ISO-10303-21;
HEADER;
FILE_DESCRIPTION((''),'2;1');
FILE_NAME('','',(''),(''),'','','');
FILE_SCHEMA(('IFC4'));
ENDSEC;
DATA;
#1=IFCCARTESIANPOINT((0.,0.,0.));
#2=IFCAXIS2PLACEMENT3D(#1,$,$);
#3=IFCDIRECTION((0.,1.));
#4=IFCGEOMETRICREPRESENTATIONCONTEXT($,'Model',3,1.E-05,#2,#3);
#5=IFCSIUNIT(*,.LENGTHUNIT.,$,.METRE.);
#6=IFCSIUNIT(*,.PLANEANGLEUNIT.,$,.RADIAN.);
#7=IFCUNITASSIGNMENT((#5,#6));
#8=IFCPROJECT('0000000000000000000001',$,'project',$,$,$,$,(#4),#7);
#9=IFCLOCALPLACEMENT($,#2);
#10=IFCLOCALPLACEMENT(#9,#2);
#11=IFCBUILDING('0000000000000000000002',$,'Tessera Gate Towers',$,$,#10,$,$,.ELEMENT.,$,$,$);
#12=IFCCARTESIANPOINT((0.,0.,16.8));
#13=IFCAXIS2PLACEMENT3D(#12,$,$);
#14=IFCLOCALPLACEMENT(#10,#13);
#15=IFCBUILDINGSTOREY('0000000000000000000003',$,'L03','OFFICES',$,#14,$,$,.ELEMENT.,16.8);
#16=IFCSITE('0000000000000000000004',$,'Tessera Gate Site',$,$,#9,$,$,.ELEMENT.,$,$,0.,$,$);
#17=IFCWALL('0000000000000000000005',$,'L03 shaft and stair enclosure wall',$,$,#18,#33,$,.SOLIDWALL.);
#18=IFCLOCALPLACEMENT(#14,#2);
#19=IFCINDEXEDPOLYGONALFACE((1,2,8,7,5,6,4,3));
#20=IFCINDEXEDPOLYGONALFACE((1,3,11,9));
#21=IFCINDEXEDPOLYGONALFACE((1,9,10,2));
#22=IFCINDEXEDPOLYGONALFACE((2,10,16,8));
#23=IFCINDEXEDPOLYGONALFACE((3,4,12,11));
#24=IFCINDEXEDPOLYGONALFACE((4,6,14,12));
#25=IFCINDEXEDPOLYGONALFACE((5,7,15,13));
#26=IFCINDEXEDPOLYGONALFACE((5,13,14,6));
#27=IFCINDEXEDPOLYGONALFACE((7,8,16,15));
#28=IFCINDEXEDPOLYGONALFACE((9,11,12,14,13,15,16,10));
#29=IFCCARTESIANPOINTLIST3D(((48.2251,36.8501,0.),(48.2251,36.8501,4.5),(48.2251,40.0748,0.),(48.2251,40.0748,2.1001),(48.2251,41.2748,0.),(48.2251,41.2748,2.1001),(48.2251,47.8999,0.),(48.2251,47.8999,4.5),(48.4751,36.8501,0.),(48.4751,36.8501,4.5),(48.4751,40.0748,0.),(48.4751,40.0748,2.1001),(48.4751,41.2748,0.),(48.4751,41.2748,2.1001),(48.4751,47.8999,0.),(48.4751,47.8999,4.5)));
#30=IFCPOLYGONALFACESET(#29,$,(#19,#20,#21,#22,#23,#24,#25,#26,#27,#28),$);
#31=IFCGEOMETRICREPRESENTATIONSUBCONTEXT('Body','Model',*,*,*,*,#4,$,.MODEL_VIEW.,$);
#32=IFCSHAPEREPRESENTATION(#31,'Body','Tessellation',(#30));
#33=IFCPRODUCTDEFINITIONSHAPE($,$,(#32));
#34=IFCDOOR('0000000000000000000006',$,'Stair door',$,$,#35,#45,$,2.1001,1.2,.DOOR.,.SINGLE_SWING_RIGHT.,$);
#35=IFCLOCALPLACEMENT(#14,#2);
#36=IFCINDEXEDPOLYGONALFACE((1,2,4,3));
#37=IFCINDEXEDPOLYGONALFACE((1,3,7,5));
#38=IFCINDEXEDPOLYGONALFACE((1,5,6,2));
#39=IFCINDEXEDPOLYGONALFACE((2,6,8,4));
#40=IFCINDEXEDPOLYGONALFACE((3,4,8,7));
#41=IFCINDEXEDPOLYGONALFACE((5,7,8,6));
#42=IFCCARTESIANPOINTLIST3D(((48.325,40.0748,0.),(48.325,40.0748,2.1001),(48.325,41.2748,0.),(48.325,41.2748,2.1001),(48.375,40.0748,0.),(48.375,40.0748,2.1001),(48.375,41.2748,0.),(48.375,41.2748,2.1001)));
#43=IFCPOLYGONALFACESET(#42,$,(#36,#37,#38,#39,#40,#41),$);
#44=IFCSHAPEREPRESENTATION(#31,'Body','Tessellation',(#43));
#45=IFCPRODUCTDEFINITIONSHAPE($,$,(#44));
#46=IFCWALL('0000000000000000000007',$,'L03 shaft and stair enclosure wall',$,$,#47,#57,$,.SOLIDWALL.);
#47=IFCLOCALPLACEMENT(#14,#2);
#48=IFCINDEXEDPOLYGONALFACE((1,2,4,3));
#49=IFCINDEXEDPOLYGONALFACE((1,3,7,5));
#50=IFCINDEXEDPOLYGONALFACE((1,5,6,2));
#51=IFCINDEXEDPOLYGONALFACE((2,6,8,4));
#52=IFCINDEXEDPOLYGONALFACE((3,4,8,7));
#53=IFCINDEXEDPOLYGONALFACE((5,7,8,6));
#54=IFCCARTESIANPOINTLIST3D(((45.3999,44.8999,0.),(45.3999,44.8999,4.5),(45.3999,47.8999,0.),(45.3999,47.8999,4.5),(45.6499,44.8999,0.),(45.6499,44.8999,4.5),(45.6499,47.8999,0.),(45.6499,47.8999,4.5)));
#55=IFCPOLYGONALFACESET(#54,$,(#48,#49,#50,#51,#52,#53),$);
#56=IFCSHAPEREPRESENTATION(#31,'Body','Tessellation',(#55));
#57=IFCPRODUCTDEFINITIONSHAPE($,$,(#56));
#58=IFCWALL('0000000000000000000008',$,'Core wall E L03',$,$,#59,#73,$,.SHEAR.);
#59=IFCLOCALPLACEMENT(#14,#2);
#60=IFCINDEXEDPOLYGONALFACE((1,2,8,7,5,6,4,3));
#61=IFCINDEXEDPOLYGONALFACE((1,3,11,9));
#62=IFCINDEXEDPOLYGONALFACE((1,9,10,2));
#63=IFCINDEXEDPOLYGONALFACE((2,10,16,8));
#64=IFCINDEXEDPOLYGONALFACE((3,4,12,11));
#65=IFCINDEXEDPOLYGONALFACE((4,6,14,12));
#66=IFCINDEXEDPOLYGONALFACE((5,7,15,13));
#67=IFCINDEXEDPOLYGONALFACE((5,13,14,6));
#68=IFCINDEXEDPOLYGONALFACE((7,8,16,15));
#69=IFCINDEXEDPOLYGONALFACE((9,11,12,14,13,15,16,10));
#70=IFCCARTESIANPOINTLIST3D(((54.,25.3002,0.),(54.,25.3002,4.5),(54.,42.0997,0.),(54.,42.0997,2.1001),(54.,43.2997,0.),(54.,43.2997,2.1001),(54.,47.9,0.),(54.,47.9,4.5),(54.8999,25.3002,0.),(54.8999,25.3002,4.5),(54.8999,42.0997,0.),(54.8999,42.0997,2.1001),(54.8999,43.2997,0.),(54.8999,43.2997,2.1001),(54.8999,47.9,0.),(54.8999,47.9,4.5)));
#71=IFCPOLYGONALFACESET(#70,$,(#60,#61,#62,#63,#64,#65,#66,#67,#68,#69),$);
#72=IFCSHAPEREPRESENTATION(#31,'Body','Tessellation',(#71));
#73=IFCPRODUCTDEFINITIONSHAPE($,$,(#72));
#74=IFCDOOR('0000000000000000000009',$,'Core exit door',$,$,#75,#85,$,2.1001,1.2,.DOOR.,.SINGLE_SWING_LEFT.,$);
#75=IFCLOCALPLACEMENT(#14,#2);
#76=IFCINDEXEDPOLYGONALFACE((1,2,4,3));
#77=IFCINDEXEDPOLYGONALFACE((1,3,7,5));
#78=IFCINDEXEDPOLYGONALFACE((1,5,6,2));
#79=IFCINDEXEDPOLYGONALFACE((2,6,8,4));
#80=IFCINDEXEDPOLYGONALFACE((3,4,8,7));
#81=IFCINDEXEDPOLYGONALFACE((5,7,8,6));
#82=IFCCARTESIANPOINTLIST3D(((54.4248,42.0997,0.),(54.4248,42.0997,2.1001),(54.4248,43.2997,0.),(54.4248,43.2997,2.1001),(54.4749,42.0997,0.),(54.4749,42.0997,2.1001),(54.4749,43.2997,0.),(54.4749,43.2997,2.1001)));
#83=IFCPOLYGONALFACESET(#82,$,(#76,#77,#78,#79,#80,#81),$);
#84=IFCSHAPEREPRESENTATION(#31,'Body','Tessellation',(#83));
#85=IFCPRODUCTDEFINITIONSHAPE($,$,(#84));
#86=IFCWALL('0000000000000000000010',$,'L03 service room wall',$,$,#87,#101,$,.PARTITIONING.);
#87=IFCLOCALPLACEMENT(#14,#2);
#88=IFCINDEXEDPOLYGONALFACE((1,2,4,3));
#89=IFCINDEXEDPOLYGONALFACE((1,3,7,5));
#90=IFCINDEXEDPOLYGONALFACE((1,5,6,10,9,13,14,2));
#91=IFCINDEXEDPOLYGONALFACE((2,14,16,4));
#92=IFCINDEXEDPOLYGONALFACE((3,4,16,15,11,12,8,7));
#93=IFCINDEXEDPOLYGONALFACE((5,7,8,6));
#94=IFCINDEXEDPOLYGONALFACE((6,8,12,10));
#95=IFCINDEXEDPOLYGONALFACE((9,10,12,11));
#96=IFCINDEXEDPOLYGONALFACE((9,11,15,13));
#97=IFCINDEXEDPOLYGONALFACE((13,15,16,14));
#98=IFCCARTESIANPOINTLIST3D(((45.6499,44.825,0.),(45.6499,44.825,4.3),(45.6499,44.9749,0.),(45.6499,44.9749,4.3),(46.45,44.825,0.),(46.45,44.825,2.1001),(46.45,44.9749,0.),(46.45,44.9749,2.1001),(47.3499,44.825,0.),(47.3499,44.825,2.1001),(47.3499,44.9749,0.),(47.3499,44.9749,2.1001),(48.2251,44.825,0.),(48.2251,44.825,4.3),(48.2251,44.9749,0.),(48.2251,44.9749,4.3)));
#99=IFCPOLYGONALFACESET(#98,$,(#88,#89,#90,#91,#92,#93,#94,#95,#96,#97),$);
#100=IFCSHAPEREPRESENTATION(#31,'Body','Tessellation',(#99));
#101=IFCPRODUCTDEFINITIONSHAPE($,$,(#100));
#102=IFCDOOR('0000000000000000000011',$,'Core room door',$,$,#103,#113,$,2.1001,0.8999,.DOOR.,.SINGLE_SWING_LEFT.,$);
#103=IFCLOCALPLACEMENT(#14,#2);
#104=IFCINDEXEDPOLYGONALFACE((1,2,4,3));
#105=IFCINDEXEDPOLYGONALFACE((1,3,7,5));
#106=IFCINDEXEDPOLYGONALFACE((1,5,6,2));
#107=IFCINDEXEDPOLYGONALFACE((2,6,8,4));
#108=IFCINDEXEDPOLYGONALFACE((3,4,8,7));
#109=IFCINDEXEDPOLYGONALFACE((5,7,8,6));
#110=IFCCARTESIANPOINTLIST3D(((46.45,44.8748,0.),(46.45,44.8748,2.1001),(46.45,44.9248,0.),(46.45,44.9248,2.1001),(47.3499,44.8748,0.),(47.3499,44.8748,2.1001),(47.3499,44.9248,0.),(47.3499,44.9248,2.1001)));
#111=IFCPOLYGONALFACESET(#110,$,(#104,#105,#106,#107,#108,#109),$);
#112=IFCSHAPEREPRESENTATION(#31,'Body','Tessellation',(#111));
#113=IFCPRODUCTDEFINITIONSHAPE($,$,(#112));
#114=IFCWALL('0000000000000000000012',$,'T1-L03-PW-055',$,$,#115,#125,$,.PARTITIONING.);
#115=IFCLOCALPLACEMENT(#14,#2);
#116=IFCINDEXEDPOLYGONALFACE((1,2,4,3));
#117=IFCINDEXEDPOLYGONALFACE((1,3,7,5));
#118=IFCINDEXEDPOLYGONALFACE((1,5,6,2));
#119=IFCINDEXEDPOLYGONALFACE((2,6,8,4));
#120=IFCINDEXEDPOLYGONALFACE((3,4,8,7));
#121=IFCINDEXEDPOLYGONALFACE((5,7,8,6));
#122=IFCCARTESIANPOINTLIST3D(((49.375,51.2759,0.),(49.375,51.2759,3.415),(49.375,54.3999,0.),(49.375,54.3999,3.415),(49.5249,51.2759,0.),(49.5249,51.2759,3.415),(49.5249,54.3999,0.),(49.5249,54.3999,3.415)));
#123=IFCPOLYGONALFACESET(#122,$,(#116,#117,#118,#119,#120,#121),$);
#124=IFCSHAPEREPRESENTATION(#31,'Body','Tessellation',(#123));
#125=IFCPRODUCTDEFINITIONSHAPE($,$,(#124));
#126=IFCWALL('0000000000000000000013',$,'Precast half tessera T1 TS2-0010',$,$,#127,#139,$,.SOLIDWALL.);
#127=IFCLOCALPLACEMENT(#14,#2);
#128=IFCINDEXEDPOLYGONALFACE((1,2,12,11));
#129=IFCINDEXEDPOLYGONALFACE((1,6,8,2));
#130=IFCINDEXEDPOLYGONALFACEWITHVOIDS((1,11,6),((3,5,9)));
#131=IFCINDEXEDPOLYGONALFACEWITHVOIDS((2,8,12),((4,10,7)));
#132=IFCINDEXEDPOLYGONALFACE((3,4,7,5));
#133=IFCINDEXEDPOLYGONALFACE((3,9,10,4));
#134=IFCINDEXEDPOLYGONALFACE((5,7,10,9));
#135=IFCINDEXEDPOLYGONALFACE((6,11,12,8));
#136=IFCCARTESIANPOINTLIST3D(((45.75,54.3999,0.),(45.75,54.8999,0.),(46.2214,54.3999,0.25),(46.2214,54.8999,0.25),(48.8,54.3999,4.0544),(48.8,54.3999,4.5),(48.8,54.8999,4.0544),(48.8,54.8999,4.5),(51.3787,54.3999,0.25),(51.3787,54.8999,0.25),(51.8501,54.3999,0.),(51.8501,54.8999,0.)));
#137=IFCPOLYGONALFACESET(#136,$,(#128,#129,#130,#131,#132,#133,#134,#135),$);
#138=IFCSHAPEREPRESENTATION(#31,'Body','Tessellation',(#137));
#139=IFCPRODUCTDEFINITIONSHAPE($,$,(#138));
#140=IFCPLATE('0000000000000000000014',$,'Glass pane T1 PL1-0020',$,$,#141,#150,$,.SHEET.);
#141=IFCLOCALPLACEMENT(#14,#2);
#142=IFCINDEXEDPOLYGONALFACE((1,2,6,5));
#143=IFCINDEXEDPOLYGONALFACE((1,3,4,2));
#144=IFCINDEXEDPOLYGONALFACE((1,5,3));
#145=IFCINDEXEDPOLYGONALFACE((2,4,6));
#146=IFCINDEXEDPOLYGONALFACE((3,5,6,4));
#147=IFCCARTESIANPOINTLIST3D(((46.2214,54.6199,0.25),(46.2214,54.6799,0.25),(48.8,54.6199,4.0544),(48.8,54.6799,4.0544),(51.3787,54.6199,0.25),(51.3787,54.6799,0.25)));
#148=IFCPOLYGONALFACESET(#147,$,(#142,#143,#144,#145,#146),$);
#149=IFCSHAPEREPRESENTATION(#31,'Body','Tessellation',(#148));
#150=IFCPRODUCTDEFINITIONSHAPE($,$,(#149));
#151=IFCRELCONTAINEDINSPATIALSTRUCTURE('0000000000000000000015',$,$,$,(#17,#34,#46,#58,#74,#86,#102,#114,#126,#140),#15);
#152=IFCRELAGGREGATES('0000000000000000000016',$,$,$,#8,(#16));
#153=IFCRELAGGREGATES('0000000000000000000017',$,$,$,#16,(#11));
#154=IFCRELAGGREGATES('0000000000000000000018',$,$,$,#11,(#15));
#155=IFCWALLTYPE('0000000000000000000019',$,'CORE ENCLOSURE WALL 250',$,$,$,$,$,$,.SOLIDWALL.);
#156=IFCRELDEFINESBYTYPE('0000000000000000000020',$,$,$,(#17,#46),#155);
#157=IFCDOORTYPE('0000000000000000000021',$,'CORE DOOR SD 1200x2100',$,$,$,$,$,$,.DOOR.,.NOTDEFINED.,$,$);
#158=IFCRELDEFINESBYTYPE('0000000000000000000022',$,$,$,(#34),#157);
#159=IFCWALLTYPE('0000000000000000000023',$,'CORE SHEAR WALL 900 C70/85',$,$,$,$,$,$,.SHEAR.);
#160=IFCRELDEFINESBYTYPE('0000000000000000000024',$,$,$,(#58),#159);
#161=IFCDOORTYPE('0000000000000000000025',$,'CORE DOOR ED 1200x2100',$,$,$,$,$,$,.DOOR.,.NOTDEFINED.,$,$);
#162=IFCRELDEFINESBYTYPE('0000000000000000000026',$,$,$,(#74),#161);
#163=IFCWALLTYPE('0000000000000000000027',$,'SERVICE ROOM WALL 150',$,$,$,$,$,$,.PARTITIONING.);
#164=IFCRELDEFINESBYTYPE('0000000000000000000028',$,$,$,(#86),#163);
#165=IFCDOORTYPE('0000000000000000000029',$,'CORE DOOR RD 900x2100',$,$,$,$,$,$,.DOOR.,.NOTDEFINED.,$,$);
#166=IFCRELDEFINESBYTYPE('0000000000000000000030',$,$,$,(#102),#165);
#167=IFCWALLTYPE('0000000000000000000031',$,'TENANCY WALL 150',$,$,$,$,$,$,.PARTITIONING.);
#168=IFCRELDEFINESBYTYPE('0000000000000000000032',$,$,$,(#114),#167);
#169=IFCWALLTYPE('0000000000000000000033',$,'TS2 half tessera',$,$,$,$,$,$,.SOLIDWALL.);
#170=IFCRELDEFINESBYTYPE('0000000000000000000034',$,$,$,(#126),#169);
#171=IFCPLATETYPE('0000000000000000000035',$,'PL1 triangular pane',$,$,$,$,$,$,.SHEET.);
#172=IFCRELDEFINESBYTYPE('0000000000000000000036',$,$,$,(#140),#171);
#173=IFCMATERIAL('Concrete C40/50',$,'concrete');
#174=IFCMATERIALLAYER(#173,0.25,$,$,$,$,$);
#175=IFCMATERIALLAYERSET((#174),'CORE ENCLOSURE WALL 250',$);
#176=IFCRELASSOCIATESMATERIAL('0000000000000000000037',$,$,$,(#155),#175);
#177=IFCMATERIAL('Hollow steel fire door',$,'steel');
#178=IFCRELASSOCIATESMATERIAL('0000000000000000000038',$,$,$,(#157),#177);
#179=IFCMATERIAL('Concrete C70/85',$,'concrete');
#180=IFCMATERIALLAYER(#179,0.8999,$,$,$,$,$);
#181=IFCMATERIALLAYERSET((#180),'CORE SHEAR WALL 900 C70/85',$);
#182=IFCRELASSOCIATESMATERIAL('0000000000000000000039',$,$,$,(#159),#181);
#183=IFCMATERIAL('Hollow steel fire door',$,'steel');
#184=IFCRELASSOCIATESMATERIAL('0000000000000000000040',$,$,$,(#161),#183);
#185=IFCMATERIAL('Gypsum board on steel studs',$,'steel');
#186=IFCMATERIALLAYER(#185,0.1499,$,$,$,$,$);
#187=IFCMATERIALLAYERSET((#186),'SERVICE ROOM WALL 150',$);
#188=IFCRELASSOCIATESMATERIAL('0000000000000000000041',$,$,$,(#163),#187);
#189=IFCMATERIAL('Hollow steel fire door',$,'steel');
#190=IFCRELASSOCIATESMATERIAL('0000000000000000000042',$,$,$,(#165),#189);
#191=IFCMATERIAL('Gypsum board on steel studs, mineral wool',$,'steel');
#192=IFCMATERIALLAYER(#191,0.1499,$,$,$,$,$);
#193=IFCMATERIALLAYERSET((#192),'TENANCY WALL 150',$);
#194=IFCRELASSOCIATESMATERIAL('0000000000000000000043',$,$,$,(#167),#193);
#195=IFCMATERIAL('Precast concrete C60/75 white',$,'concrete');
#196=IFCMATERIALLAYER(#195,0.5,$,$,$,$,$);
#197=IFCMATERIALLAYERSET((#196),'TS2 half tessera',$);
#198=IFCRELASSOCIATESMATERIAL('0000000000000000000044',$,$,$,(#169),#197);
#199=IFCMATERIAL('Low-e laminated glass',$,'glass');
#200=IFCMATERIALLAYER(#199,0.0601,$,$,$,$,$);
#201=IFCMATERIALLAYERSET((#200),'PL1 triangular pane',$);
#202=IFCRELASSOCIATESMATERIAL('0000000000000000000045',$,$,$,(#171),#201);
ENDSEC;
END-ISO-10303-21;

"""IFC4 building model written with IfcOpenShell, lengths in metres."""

from ifc_helpers import new_model, si_unit, direction, frame, frame_2d, origin, place, context, subcontext, project, spatial, polyline, rectangle, outline, extrude, source, transform, mapped, material, layer, layer_set, type_object, element, fill, save


model = new_model("IFC4")

# Units and contexts
model_context = context("Model", 3, precision=1e-05, world=origin(), true_north=direction((0.0, 1.0)))
body_context = subcontext(model_context, "Body", "Model", "MODEL_VIEW")
ifc_project = project(units=[si_unit("LENGTHUNIT", "METRE"), si_unit("PLANEANGLEUNIT", "RADIAN")], contexts=[model_context])

# Site, building, storey
site_placement = place(None, origin())
site = spatial("IfcSite", under=ifc_project, at=site_placement, Name="Tessera Gate Site", CompositionType="ELEMENT", RefElevation=0.0)
building_placement = place(site_placement, origin())
building = spatial("IfcBuilding", under=site, at=building_placement, Name="Tessera Gate Towers", CompositionType="ELEMENT")
storey_placement = place(building_placement, frame((0.0, 0.0, 16.8)))
storey = spatial("IfcBuildingStorey", under=building, at=storey_placement, Name="L03", Description="OFFICES", CompositionType="ELEMENT", Elevation=16.8)

# Wall, opening, door
ifc_material_1 = material(Name="Concrete C40/50", Category="concrete")
ifc_layer_1 = layer(ifc_material_1, 0.25)
ifc_layer_set_1 = layer_set([ifc_layer_1], Name="CORE ENCLOSURE WALL 250")
wall_type_1 = type_object("IfcWallType", Name="CORE ENCLOSURE WALL 250", PredefinedType="SOLIDWALL", material=ifc_layer_set_1)
wall_1_placement = place(storey_placement, frame((48.3501, 47.8999, 0.0), z_axis=(0.0, 0.0, 1.0), x_axis=(0.0, -1.0, 0.0)))
wall_1 = element("IfcWall", 1, at=wall_1_placement, inside=storey, type_object=wall_type_1, Name="L03 shaft and stair enclosure wall", PredefinedType="SOLIDWALL", context=body_context, shape_type="SweptSolid", body=[
    extrude(rectangle(XDim=11.0498, YDim=0.25, at=frame_2d((5.5249, 0.0))), origin(), (0.0, 0.0, 1.0), 4.5),
])
shared_shape_1 = source(origin(), body_context, "Body", "SweptSolid", [
    extrude(rectangle(XDim=1.2, YDim=2.1001, at=frame_2d((0.6001, 1.05))), frame((0.0, 0.135, 0.0), z_axis=(0.0, -1.0, 0.0), x_axis=(1.0, 0.0, 0.0)), (0.0, 0.0, 1.0), 0.27),
])
opening_1_placement = place(wall_1_placement, frame((6.625, 0.0, 0.0)))
opening_1 = element("IfcOpeningElement", 2, at=opening_1_placement, cuts=wall_1, PredefinedType="OPENING", context=body_context, shape_type="MappedRepresentation", body=[
    mapped(shared_shape_1, transform((0.0, 0.0, 0.0), scale=1.0)),
])
ifc_material_2 = material(Name="Hollow steel fire door", Category="steel")
door_type_1 = type_object("IfcDoorType", Name="CORE DOOR SD 1200x2100", OperationType="NOTDEFINED", PredefinedType="DOOR", material=ifc_material_2)
shared_shape_2 = source(origin(), body_context, "Body", "SweptSolid", [
    extrude(rectangle(XDim=1.2, YDim=2.1001, at=frame_2d((0.6001, 1.05))), frame((0.0, 0.0249, 0.0), z_axis=(0.0, -1.0, 0.0), x_axis=(1.0, 0.0, 0.0)), (0.0, 0.0, 1.0), 0.05),
])
door_1_placement = place(opening_1_placement, origin())
door_1 = element("IfcDoor", 3, at=door_1_placement, inside=storey, type_object=door_type_1, Name="Stair door", OperationType="SINGLE_SWING_RIGHT", OverallHeight=2.1001, OverallWidth=1.2, PredefinedType="DOOR", context=body_context, shape_type="MappedRepresentation", body=[
    mapped(shared_shape_2, transform((0.0, 0.0, 0.0), scale=1.0)),
])
fill(opening_1, door_1)

# Wall
wall_2_placement = place(storey_placement, frame((45.5249, 44.8999, 0.0), z_axis=(0.0, 0.0, 1.0), x_axis=(0.0, 1.0, 0.0)))
element("IfcWall", 4, at=wall_2_placement, inside=storey, type_object=wall_type_1, Name="L03 shaft and stair enclosure wall", PredefinedType="SOLIDWALL", context=body_context, shape_type="SweptSolid", body=[
    extrude(rectangle(XDim=3.0, YDim=0.25, at=frame_2d((1.5, 0.0))), origin(), (0.0, 0.0, 1.0), 4.5),
])

# Walls, openings, doors
ifc_material_3 = material(Name="Concrete C70/85", Category="concrete")
ifc_layer_2 = layer(ifc_material_3, 0.8999)
ifc_layer_set_2 = layer_set([ifc_layer_2], Name="CORE SHEAR WALL 900 C70/85")
wall_type_2 = type_object("IfcWallType", Name="CORE SHEAR WALL 900 C70/85", PredefinedType="SHEAR", material=ifc_layer_set_2)
wall_3_placement = place(storey_placement, frame((54.45, 47.8999, 0.0), z_axis=(0.0, 0.0, 1.0), x_axis=(0.0, -1.0, 0.0)))
wall_3 = element("IfcWall", 5, at=wall_3_placement, inside=storey, type_object=wall_type_2, Name="Core wall E L03", PredefinedType="SHEAR", context=body_context, shape_type="SweptSolid", body=[
    extrude(rectangle(XDim=22.5999, YDim=0.8999, at=frame_2d((11.2998, 0.0))), origin(), (0.0, 0.0, 1.0), 4.5),
])
shared_shape_3 = source(origin(), body_context, "Body", "SweptSolid", [
    extrude(rectangle(XDim=1.2, YDim=2.1001, at=frame_2d((0.6001, 1.05))), frame((0.0, 0.46, 0.0), z_axis=(0.0, -1.0, 0.0), x_axis=(1.0, 0.0, 0.0)), (0.0, 0.0, 1.0), 0.9199),
])
opening_2_placement = place(wall_3_placement, frame((4.6001, 0.0, 0.0)))
opening_2 = element("IfcOpeningElement", 6, at=opening_2_placement, cuts=wall_3, PredefinedType="OPENING", context=body_context, shape_type="MappedRepresentation", body=[
    mapped(shared_shape_3, transform((0.0, 0.0, 0.0), scale=1.0)),
])
ifc_material_4 = material(Name="Hollow steel fire door", Category="steel")
door_type_2 = type_object("IfcDoorType", Name="CORE DOOR ED 1200x2100", OperationType="NOTDEFINED", PredefinedType="DOOR", material=ifc_material_4)
door_2_placement = place(opening_2_placement, origin())
door_2 = element("IfcDoor", 7, at=door_2_placement, inside=storey, type_object=door_type_2, Name="Core exit door", OperationType="SINGLE_SWING_LEFT", OverallHeight=2.1001, OverallWidth=1.2, PredefinedType="DOOR", context=body_context, shape_type="MappedRepresentation", body=[
    mapped(shared_shape_2, transform((0.0, 0.0, 0.0), scale=1.0)),
])
fill(opening_2, door_2)
ifc_material_5 = material(Name="Gypsum board on steel studs", Category="steel")
ifc_layer_3 = layer(ifc_material_5, 0.1499)
ifc_layer_set_3 = layer_set([ifc_layer_3], Name="SERVICE ROOM WALL 150")
wall_type_3 = type_object("IfcWallType", Name="SERVICE ROOM WALL 150", PredefinedType="PARTITIONING", material=ifc_layer_set_3)
wall_4_placement = place(storey_placement, frame((45.6499, 44.8999, 0.0), z_axis=(0.0, 0.0, 1.0), x_axis=(1.0, 0.0, 0.0)))
wall_4 = element("IfcWall", 8, at=wall_4_placement, inside=storey, type_object=wall_type_3, Name="L03 service room wall", PredefinedType="PARTITIONING", context=body_context, shape_type="SweptSolid", body=[
    extrude(rectangle(XDim=2.5752, YDim=0.1499, at=frame_2d((1.2876, 0.0))), origin(), (0.0, 0.0, 1.0), 4.3),
])
shared_shape_4 = source(origin(), body_context, "Body", "SweptSolid", [
    extrude(rectangle(XDim=0.8999, YDim=2.1001, at=frame_2d((0.45, 1.05))), frame((0.0, 0.085, 0.0), z_axis=(0.0, -1.0, 0.0), x_axis=(1.0, 0.0, 0.0)), (0.0, 0.0, 1.0), 0.1699),
])
opening_3_placement = place(wall_4_placement, frame((0.8, 0.0, 0.0)))
opening_3 = element("IfcOpeningElement", 9, at=opening_3_placement, cuts=wall_4, PredefinedType="OPENING", context=body_context, shape_type="MappedRepresentation", body=[
    mapped(shared_shape_4, transform((0.0, 0.0, 0.0), scale=1.0)),
])
ifc_material_6 = material(Name="Hollow steel fire door", Category="steel")
door_type_3 = type_object("IfcDoorType", Name="CORE DOOR RD 900x2100", OperationType="NOTDEFINED", PredefinedType="DOOR", material=ifc_material_6)
shared_shape_5 = source(origin(), body_context, "Body", "SweptSolid", [
    extrude(rectangle(XDim=0.8999, YDim=2.1001, at=frame_2d((0.45, 1.05))), frame((0.0, 0.0249, 0.0), z_axis=(0.0, -1.0, 0.0), x_axis=(1.0, 0.0, 0.0)), (0.0, 0.0, 1.0), 0.05),
])
door_3_placement = place(opening_3_placement, origin())
door_3 = element("IfcDoor", 10, at=door_3_placement, inside=storey, type_object=door_type_3, Name="Core room door", OperationType="SINGLE_SWING_LEFT", OverallHeight=2.1001, OverallWidth=0.8999, PredefinedType="DOOR", context=body_context, shape_type="MappedRepresentation", body=[
    mapped(shared_shape_5, transform((0.0, 0.0, 0.0), scale=1.0)),
])
fill(opening_3, door_3)

# Wall
ifc_material_7 = material(Name="Gypsum board on steel studs, mineral wool", Category="steel")
ifc_layer_4 = layer(ifc_material_7, 0.1499)
ifc_layer_set_4 = layer_set([ifc_layer_4], Name="TENANCY WALL 150")
wall_type_4 = type_object("IfcWallType", Name="TENANCY WALL 150", PredefinedType="PARTITIONING", material=ifc_layer_set_4)
wall_5_placement = place(storey_placement, frame((49.45, 51.2759, 0.0), z_axis=(0.0, 0.0, 1.0), x_axis=(0.0, 1.0, 0.0)))
element("IfcWall", 11, at=wall_5_placement, inside=storey, type_object=wall_type_4, Name="T1-L03-PW-055", PredefinedType="PARTITIONING", context=body_context, shape_type="SweptSolid", body=[
    extrude(rectangle(XDim=3.124, YDim=0.1499, at=frame_2d((1.562, 0.0))), origin(), (0.0, 0.0, 1.0), 3.415),
])

# Wall, opening, plate
ifc_material_8 = material(Name="Precast concrete C60/75 white", Category="concrete")
ifc_layer_5 = layer(ifc_material_8, 0.5)
ifc_layer_set_5 = layer_set([ifc_layer_5], Name="TS2 half tessera")
wall_type_5 = type_object("IfcWallType", Name="TS2 half tessera", PredefinedType="SOLIDWALL", material=ifc_layer_set_5)
shared_shape_6 = source(origin(), body_context, "Body", "SweptSolid", [
    extrude(outline(polyline([(6.1001, 0.0), (3.05, 4.5), (0.0, 0.0), (6.1001, 0.0)])), frame((0.0, 0.25, 0.0), z_axis=(0.0, -1.0, 0.0), x_axis=(1.0, 0.0, 0.0)), (0.0, 0.0, 1.0), 0.5),
])
wall_6_placement = place(storey_placement, frame((51.8501, 54.6499, 0.0), z_axis=(0.0, 0.0, 1.0), x_axis=(-1.0, 0.0, 0.0)))
wall_6 = element("IfcWall", 12, at=wall_6_placement, inside=storey, type_object=wall_type_5, Name="Precast half tessera T1 TS2-0010", PredefinedType="SOLIDWALL", context=body_context, shape_type="MappedRepresentation", body=[
    mapped(shared_shape_6, transform((0.0, 0.0, 0.0), scale=1.0)),
])
shared_shape_7 = source(origin(), body_context, "Body", "SweptSolid", [
    extrude(outline(polyline([(5.6287, 0.25), (3.05, 4.0544), (0.4714, 0.25), (5.6287, 0.25)])), frame((0.0, 0.26, 0.0), z_axis=(0.0, -1.0, 0.0), x_axis=(1.0, 0.0, 0.0)), (0.0, 0.0, 1.0), 0.52),
])
opening_4_placement = place(wall_6_placement, origin())
opening_4 = element("IfcOpeningElement", 13, at=opening_4_placement, cuts=wall_6, PredefinedType="OPENING", context=body_context, shape_type="MappedRepresentation", body=[
    mapped(shared_shape_7, transform((0.0, 0.0, 0.0), scale=1.0)),
])
ifc_material_9 = material(Name="Low-e laminated glass", Category="glass")
ifc_layer_6 = layer(ifc_material_9, 0.0601)
ifc_layer_set_6 = layer_set([ifc_layer_6], Name="PL1 triangular pane")
plate_type = type_object("IfcPlateType", Name="PL1 triangular pane", PredefinedType="SHEET", material=ifc_layer_set_6)
shared_shape_8 = source(origin(), body_context, "Body", "SweptSolid", [
    extrude(outline(polyline([(5.6287, 0.25), (3.05, 4.0544), (0.4714, 0.25), (5.6287, 0.25)])), frame((0.0, 0.03, 0.0), z_axis=(0.0, -1.0, 0.0), x_axis=(1.0, 0.0, 0.0)), (0.0, 0.0, 1.0), 0.0601),
])
plate_1_placement = place(opening_4_placement, origin())
plate_1 = element("IfcPlate", 14, at=plate_1_placement, inside=storey, type_object=plate_type, Name="Glass pane T1 PL1-0020", PredefinedType="SHEET", context=body_context, shape_type="MappedRepresentation", body=[
    mapped(shared_shape_8, transform((0.0, 0.0, 0.0), scale=1.0)),
])
fill(opening_4, plate_1)

save(model, "model.ifc")
